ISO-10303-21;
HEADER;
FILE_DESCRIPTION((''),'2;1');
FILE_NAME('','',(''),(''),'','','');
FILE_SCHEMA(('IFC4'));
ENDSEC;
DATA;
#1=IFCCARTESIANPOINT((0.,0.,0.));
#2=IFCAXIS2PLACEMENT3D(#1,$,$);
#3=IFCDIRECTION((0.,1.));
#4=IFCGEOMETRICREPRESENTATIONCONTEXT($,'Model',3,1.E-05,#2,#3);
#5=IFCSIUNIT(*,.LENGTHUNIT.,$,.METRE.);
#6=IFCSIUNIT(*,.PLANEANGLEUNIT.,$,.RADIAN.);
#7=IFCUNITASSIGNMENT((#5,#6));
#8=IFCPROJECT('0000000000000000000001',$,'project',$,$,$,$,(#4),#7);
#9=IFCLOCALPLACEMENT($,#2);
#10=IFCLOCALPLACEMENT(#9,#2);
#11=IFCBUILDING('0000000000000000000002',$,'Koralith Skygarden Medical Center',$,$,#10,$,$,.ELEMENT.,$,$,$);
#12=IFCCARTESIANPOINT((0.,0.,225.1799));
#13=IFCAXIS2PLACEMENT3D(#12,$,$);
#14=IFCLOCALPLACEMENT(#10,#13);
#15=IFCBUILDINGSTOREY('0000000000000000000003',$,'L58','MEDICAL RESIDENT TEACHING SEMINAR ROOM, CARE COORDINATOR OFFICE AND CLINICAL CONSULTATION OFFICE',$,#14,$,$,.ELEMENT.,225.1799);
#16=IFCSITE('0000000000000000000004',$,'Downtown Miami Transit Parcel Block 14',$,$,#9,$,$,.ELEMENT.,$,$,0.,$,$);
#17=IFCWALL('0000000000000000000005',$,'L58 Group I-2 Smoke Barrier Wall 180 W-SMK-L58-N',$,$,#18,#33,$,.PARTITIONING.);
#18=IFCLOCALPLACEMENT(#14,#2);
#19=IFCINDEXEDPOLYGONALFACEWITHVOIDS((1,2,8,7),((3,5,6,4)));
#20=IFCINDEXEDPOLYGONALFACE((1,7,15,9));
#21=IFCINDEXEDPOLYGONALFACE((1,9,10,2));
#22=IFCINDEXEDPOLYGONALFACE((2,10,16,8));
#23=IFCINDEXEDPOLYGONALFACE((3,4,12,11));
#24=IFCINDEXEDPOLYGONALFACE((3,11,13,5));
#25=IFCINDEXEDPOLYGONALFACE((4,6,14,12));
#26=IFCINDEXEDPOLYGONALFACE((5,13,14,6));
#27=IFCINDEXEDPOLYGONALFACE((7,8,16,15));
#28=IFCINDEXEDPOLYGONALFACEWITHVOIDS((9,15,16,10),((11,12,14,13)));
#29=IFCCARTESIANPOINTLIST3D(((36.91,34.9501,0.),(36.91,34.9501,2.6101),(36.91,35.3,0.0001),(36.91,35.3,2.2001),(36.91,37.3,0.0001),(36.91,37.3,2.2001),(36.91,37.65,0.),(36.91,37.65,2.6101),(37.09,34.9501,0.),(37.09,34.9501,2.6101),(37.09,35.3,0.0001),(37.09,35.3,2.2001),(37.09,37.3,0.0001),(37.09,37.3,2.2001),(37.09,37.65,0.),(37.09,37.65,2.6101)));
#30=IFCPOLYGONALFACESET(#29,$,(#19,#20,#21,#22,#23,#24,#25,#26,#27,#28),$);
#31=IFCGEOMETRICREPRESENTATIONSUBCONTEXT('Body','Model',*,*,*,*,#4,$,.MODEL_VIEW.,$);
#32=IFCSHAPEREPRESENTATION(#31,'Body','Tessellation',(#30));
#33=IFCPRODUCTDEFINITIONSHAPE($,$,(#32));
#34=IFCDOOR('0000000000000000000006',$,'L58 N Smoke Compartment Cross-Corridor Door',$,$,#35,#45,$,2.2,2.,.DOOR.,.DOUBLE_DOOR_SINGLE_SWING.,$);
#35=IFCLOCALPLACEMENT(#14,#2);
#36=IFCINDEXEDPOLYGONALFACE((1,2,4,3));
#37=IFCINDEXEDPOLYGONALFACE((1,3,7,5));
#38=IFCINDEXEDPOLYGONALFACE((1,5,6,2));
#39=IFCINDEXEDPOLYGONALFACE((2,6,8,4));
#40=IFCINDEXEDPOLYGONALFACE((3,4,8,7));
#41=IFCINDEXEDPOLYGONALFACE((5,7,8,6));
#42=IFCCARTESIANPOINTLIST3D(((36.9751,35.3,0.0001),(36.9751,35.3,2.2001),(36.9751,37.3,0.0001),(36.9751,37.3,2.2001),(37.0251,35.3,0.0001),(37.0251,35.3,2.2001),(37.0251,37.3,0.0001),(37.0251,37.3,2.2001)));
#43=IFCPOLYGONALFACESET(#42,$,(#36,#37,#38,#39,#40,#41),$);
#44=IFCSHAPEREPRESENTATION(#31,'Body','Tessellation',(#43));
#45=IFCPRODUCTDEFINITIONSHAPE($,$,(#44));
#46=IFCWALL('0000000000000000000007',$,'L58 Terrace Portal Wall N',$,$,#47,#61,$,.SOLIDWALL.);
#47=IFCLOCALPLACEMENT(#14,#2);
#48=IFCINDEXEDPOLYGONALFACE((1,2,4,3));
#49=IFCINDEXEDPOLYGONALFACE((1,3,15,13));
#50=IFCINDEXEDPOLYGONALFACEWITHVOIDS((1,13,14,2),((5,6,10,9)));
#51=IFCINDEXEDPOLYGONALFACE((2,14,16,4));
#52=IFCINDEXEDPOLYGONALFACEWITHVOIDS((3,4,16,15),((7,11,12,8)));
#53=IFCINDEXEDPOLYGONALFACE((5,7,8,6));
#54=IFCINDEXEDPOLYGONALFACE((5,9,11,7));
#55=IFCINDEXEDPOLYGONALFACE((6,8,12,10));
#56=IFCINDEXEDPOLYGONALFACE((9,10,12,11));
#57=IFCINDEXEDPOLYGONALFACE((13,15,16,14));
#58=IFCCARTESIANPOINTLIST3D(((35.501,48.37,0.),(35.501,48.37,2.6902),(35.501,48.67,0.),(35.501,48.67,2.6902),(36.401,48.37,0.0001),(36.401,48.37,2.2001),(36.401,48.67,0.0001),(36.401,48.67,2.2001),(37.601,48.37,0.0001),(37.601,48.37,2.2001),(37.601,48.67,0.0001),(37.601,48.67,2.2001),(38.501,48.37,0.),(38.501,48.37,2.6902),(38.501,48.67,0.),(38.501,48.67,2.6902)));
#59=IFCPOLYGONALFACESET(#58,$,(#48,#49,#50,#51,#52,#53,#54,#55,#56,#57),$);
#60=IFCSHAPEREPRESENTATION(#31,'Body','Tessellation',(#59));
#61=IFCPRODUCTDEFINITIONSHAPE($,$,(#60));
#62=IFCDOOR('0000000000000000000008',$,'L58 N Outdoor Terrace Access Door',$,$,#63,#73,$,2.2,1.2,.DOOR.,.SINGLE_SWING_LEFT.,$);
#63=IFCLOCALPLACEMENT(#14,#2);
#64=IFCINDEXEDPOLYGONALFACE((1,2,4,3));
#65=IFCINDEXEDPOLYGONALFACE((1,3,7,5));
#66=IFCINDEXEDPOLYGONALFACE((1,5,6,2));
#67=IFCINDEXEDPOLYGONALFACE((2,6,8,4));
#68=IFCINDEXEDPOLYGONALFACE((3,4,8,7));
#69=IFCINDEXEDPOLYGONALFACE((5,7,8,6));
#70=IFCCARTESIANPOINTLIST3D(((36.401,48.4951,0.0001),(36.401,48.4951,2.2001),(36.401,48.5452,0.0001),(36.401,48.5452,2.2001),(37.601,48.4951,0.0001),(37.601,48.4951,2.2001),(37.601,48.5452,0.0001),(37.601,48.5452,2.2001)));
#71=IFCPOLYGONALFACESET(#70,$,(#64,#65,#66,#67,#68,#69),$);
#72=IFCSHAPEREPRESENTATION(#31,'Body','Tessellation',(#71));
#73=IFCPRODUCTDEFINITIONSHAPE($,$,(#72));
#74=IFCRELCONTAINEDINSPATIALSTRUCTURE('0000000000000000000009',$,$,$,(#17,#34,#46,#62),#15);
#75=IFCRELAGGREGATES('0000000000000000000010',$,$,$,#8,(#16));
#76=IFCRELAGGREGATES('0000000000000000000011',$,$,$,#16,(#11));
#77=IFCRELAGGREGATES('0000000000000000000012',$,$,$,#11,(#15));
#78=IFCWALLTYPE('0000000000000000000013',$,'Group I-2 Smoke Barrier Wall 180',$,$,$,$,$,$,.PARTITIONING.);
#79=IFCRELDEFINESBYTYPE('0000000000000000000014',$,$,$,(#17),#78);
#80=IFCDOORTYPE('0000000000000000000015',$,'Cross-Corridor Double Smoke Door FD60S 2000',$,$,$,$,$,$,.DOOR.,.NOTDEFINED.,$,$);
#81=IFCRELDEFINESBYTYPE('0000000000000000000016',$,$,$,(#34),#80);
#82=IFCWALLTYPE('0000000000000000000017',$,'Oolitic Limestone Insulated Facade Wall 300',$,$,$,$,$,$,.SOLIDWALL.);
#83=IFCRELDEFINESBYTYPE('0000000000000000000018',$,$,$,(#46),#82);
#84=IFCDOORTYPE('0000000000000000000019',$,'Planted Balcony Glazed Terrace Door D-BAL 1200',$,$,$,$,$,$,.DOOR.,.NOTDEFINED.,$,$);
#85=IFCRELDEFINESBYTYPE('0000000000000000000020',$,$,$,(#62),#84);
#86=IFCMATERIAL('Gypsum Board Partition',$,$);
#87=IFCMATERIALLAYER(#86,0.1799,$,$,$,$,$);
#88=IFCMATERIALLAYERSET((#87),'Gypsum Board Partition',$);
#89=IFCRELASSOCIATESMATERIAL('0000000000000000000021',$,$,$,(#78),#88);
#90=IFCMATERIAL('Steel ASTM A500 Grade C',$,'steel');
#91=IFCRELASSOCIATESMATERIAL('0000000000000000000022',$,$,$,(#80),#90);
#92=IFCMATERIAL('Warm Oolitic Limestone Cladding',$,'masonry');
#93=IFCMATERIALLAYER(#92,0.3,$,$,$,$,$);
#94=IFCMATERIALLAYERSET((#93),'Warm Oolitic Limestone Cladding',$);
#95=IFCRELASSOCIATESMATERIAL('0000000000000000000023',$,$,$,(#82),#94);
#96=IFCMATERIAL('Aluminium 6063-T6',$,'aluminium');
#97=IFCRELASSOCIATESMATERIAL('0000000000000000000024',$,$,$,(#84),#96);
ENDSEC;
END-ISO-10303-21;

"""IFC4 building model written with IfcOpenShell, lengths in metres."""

from ifc_helpers import new_model, si_unit, direction, frame, frame_2d, origin, place, context, subcontext, project, spatial, rectangle, extrude, material, layer, layer_set, type_object, element, fill, save


model = new_model("IFC4")

# Units and contexts
model_context = context("Model", 3, precision=1e-05, world=origin(), true_north=direction((0.0, 1.0)))
body_context = subcontext(model_context, "Body", "Model", "MODEL_VIEW")
ifc_project = project(units=[si_unit("LENGTHUNIT", "METRE"), si_unit("PLANEANGLEUNIT", "RADIAN")], contexts=[model_context])

# Site, building, storey
site_placement = place(None, origin())
site = spatial("IfcSite", under=ifc_project, at=site_placement, Name="Downtown Miami Transit Parcel Block 14", CompositionType="ELEMENT", RefElevation=0.0)
building_placement = place(site_placement, origin())
building = spatial("IfcBuilding", under=site, at=building_placement, Name="Koralith Skygarden Medical Center", CompositionType="ELEMENT")
storey_placement = place(building_placement, frame((0.0, 0.0, 225.1799)))
storey = spatial("IfcBuildingStorey", under=building, at=storey_placement, Name="L58", Description="MEDICAL RESIDENT TEACHING SEMINAR ROOM, CARE COORDINATOR OFFICE AND CLINICAL CONSULTATION OFFICE", CompositionType="ELEMENT", Elevation=225.1799)

# Shared definitions
ifc_material_1 = material(Name="Aluminium 6063-T6", Category="aluminium")

# Shared definitions
ifc_material_2 = material(Name="Gypsum Board Partition")

# Walls, openings, doors
ifc_layer_1 = layer(ifc_material_2, 0.1799)
ifc_layer_set_1 = layer_set([ifc_layer_1], Name="Gypsum Board Partition")
wall_type_1 = type_object("IfcWallType", Name="Group I-2 Smoke Barrier Wall 180", PredefinedType="PARTITIONING", material=ifc_layer_set_1)
wall_1_placement = place(storey_placement, frame((37.0, 34.95, 0.0), z_axis=(0.0, 0.0, 1.0), x_axis=(0.0, 1.0, 0.0)))
wall_1 = element("IfcWall", 1, at=wall_1_placement, inside=storey, type_object=wall_type_1, Name="L58 Group I-2 Smoke Barrier Wall 180 W-SMK-L58-N", PredefinedType="PARTITIONING", context=body_context, shape_type="SweptSolid", body=[
    extrude(rectangle(XDim=2.7, YDim=0.1799, at=frame_2d((1.3501, 0.0))), origin(), (0.0, 0.0, 1.0), 2.6101),
])
opening_1_placement = place(wall_1_placement, frame((0.3501, 0.0, 0.0)))
opening_1 = element("IfcOpeningElement", 2, at=opening_1_placement, cuts=wall_1, PredefinedType="OPENING", context=body_context, shape_type="SweptSolid", body=[
    extrude(rectangle(XDim=2.0, YDim=2.2, at=frame_2d((1.0, 1.1001))), frame((0.0, 0.0999, 0.0), z_axis=(0.0, -1.0, 0.0), x_axis=(1.0, 0.0, 0.0)), (0.0, 0.0, 1.0), 0.2),
])
ifc_material_3 = material(Name="Steel ASTM A500 Grade C", Category="steel")
door_type_1 = type_object("IfcDoorType", Name="Cross-Corridor Double Smoke Door FD60S 2000", OperationType="NOTDEFINED", PredefinedType="DOOR", material=ifc_material_3)
door_1_placement = place(opening_1_placement, origin())
door_1 = element("IfcDoor", 3, at=door_1_placement, inside=storey, type_object=door_type_1, Name="L58 N Smoke Compartment Cross-Corridor Door", OperationType="DOUBLE_DOOR_SINGLE_SWING", OverallHeight=2.2, OverallWidth=2.0, PredefinedType="DOOR", context=body_context, shape_type="SweptSolid", body=[
    extrude(rectangle(XDim=2.0, YDim=2.2, at=frame_2d((1.0, 1.1001))), frame((0.0, 0.0249, 0.0), z_axis=(0.0, -1.0, 0.0), x_axis=(1.0, 0.0, 0.0)), (0.0, 0.0, 1.0), 0.05),
])
fill(opening_1, door_1)
ifc_material_4 = material(Name="Warm Oolitic Limestone Cladding", Category="masonry")
ifc_layer_2 = layer(ifc_material_4, 0.3)
ifc_layer_set_2 = layer_set([ifc_layer_2], Name="Warm Oolitic Limestone Cladding")
wall_type_2 = type_object("IfcWallType", Name="Oolitic Limestone Insulated Facade Wall 300", PredefinedType="SOLIDWALL", material=ifc_layer_set_2)
wall_2_placement = place(storey_placement, frame((38.501, 48.52, 0.0), z_axis=(0.0, 0.0, 1.0), x_axis=(-1.0, 0.0, 0.0)))
wall_2 = element("IfcWall", 4, at=wall_2_placement, inside=storey, type_object=wall_type_2, Name="L58 Terrace Portal Wall N", PredefinedType="SOLIDWALL", context=body_context, shape_type="SweptSolid", body=[
    extrude(rectangle(XDim=3.0, YDim=0.3, at=frame_2d((1.5, 0.0))), origin(), (0.0, 0.0, 1.0), 2.6902),
])
opening_2_placement = place(wall_2_placement, frame((0.8999, 0.0, 0.0)))
opening_2 = element("IfcOpeningElement", 5, at=opening_2_placement, cuts=wall_2, PredefinedType="OPENING", context=body_context, shape_type="SweptSolid", body=[
    extrude(rectangle(XDim=1.2, YDim=2.2, at=frame_2d((0.6001, 1.1001))), frame((0.0, 0.1599, 0.0), z_axis=(0.0, -1.0, 0.0), x_axis=(1.0, 0.0, 0.0)), (0.0, 0.0, 1.0), 0.3201),
])
door_type_2 = type_object("IfcDoorType", Name="Planted Balcony Glazed Terrace Door D-BAL 1200", OperationType="NOTDEFINED", PredefinedType="DOOR", material=ifc_material_1)
door_2_placement = place(opening_2_placement, origin())
door_2 = element("IfcDoor", 6, at=door_2_placement, inside=storey, type_object=door_type_2, Name="L58 N Outdoor Terrace Access Door", OperationType="SINGLE_SWING_LEFT", OverallHeight=2.2, OverallWidth=1.2, PredefinedType="DOOR", context=body_context, shape_type="SweptSolid", body=[
    extrude(rectangle(XDim=1.2, YDim=2.2, at=frame_2d((0.6001, 1.1001))), frame((0.0, 0.0249, 0.0), z_axis=(0.0, -1.0, 0.0), x_axis=(1.0, 0.0, 0.0)), (0.0, 0.0, 1.0), 0.05),
])
fill(opening_2, door_2)

save(model, "model.ifc")
